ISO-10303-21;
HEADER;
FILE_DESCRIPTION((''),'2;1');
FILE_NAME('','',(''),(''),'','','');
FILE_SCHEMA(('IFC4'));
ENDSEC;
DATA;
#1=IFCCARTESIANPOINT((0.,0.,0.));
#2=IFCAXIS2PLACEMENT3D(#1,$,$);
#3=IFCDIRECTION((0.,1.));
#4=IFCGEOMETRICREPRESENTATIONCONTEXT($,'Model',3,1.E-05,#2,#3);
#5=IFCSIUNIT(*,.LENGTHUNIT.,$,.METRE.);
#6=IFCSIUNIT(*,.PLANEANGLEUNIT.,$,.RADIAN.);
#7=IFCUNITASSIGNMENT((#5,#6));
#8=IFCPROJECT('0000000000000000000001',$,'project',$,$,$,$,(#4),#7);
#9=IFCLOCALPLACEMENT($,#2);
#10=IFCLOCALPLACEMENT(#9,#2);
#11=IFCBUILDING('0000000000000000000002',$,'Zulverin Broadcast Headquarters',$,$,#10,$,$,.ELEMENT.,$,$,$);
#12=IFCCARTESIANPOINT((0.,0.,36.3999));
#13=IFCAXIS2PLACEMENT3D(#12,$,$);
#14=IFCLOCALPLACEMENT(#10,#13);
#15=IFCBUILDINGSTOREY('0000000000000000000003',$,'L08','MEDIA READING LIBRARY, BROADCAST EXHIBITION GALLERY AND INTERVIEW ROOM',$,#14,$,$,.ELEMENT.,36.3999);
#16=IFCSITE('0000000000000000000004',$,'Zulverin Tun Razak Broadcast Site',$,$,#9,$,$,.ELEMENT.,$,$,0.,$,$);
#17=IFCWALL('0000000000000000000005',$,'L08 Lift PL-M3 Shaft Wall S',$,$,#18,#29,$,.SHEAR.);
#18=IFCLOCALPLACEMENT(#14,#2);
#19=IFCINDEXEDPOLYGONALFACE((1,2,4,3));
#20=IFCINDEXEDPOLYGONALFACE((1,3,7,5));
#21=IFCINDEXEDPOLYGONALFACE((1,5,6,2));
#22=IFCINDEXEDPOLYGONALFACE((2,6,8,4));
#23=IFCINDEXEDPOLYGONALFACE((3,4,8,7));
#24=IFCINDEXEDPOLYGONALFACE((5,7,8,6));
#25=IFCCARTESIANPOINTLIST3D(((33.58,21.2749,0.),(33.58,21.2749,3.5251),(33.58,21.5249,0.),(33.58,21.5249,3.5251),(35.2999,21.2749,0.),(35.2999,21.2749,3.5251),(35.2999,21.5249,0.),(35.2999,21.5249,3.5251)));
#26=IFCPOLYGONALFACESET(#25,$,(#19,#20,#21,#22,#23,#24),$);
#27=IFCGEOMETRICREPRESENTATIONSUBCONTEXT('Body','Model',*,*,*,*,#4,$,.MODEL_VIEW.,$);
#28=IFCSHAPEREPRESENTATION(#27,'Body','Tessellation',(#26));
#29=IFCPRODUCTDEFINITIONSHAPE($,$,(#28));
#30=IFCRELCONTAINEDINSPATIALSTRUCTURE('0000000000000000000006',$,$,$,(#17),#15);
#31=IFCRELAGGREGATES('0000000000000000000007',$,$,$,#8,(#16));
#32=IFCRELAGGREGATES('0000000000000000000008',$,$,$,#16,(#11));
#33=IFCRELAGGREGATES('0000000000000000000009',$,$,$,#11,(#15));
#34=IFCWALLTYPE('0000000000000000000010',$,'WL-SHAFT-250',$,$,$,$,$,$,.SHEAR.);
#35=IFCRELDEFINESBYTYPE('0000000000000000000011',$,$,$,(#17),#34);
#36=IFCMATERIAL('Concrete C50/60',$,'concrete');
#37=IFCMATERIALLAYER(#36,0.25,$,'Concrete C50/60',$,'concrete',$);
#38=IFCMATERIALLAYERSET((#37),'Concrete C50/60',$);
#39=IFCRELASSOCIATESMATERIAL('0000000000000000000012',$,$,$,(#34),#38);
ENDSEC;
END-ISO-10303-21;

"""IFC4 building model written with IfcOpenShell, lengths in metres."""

from ifc_helpers import new_model, si_unit, direction, frame, frame_2d, origin, place, context, subcontext, project, spatial, rectangle, extrude, material, layer, layer_set, type_object, element, save


model = new_model("IFC4")

# Units and contexts
model_context = context("Model", 3, precision=1e-05, world=origin(), true_north=direction((0.0, 1.0)))
body_context = subcontext(model_context, "Body", "Model", "MODEL_VIEW")
ifc_project = project(units=[si_unit("LENGTHUNIT", "METRE"), si_unit("PLANEANGLEUNIT", "RADIAN")], contexts=[model_context])

# Site, building, storey
site_placement = place(None, origin())
site = spatial("IfcSite", under=ifc_project, at=site_placement, Name="Zulverin Tun Razak Broadcast Site", CompositionType="ELEMENT", RefElevation=0.0)
building_placement = place(site_placement, origin())
building = spatial("IfcBuilding", under=site, at=building_placement, Name="Zulverin Broadcast Headquarters", CompositionType="ELEMENT")
storey_placement = place(building_placement, frame((0.0, 0.0, 36.3999)))
storey = spatial("IfcBuildingStorey", under=building, at=storey_placement, Name="L08", Description="MEDIA READING LIBRARY, BROADCAST EXHIBITION GALLERY AND INTERVIEW ROOM", CompositionType="ELEMENT", Elevation=36.3999)

# Shared definitions
ifc_material_1 = material(Name="Concrete C50/60", Category="concrete")
ifc_layer_1 = layer(ifc_material_1, 0.25, Name="Concrete C50/60", Category="concrete")
ifc_layer_set_1 = layer_set([ifc_layer_1], Name="Concrete C50/60")
wall_type_1 = type_object("IfcWallType", Name="WL-SHAFT-250", PredefinedType="SHEAR", material=ifc_layer_set_1)

# Wall
wall_1_placement = place(storey_placement, frame((33.5801, 21.3999, 0.0), z_axis=(0.0, 0.0, 1.0), x_axis=(1.0, 0.0, 0.0)))
element("IfcWall", 1, at=wall_1_placement, inside=storey, type_object=wall_type_1, Name="L08 Lift PL-M3 Shaft Wall S", PredefinedType="SHEAR", context=body_context, shape_type="SweptSolid", body=[
    extrude(rectangle(XDim=1.72, YDim=0.25, at=frame_2d((0.8599, 0.0))), origin(), (0.0, 0.0, 1.0), 3.5251),
])

save(model, "model.ifc")
